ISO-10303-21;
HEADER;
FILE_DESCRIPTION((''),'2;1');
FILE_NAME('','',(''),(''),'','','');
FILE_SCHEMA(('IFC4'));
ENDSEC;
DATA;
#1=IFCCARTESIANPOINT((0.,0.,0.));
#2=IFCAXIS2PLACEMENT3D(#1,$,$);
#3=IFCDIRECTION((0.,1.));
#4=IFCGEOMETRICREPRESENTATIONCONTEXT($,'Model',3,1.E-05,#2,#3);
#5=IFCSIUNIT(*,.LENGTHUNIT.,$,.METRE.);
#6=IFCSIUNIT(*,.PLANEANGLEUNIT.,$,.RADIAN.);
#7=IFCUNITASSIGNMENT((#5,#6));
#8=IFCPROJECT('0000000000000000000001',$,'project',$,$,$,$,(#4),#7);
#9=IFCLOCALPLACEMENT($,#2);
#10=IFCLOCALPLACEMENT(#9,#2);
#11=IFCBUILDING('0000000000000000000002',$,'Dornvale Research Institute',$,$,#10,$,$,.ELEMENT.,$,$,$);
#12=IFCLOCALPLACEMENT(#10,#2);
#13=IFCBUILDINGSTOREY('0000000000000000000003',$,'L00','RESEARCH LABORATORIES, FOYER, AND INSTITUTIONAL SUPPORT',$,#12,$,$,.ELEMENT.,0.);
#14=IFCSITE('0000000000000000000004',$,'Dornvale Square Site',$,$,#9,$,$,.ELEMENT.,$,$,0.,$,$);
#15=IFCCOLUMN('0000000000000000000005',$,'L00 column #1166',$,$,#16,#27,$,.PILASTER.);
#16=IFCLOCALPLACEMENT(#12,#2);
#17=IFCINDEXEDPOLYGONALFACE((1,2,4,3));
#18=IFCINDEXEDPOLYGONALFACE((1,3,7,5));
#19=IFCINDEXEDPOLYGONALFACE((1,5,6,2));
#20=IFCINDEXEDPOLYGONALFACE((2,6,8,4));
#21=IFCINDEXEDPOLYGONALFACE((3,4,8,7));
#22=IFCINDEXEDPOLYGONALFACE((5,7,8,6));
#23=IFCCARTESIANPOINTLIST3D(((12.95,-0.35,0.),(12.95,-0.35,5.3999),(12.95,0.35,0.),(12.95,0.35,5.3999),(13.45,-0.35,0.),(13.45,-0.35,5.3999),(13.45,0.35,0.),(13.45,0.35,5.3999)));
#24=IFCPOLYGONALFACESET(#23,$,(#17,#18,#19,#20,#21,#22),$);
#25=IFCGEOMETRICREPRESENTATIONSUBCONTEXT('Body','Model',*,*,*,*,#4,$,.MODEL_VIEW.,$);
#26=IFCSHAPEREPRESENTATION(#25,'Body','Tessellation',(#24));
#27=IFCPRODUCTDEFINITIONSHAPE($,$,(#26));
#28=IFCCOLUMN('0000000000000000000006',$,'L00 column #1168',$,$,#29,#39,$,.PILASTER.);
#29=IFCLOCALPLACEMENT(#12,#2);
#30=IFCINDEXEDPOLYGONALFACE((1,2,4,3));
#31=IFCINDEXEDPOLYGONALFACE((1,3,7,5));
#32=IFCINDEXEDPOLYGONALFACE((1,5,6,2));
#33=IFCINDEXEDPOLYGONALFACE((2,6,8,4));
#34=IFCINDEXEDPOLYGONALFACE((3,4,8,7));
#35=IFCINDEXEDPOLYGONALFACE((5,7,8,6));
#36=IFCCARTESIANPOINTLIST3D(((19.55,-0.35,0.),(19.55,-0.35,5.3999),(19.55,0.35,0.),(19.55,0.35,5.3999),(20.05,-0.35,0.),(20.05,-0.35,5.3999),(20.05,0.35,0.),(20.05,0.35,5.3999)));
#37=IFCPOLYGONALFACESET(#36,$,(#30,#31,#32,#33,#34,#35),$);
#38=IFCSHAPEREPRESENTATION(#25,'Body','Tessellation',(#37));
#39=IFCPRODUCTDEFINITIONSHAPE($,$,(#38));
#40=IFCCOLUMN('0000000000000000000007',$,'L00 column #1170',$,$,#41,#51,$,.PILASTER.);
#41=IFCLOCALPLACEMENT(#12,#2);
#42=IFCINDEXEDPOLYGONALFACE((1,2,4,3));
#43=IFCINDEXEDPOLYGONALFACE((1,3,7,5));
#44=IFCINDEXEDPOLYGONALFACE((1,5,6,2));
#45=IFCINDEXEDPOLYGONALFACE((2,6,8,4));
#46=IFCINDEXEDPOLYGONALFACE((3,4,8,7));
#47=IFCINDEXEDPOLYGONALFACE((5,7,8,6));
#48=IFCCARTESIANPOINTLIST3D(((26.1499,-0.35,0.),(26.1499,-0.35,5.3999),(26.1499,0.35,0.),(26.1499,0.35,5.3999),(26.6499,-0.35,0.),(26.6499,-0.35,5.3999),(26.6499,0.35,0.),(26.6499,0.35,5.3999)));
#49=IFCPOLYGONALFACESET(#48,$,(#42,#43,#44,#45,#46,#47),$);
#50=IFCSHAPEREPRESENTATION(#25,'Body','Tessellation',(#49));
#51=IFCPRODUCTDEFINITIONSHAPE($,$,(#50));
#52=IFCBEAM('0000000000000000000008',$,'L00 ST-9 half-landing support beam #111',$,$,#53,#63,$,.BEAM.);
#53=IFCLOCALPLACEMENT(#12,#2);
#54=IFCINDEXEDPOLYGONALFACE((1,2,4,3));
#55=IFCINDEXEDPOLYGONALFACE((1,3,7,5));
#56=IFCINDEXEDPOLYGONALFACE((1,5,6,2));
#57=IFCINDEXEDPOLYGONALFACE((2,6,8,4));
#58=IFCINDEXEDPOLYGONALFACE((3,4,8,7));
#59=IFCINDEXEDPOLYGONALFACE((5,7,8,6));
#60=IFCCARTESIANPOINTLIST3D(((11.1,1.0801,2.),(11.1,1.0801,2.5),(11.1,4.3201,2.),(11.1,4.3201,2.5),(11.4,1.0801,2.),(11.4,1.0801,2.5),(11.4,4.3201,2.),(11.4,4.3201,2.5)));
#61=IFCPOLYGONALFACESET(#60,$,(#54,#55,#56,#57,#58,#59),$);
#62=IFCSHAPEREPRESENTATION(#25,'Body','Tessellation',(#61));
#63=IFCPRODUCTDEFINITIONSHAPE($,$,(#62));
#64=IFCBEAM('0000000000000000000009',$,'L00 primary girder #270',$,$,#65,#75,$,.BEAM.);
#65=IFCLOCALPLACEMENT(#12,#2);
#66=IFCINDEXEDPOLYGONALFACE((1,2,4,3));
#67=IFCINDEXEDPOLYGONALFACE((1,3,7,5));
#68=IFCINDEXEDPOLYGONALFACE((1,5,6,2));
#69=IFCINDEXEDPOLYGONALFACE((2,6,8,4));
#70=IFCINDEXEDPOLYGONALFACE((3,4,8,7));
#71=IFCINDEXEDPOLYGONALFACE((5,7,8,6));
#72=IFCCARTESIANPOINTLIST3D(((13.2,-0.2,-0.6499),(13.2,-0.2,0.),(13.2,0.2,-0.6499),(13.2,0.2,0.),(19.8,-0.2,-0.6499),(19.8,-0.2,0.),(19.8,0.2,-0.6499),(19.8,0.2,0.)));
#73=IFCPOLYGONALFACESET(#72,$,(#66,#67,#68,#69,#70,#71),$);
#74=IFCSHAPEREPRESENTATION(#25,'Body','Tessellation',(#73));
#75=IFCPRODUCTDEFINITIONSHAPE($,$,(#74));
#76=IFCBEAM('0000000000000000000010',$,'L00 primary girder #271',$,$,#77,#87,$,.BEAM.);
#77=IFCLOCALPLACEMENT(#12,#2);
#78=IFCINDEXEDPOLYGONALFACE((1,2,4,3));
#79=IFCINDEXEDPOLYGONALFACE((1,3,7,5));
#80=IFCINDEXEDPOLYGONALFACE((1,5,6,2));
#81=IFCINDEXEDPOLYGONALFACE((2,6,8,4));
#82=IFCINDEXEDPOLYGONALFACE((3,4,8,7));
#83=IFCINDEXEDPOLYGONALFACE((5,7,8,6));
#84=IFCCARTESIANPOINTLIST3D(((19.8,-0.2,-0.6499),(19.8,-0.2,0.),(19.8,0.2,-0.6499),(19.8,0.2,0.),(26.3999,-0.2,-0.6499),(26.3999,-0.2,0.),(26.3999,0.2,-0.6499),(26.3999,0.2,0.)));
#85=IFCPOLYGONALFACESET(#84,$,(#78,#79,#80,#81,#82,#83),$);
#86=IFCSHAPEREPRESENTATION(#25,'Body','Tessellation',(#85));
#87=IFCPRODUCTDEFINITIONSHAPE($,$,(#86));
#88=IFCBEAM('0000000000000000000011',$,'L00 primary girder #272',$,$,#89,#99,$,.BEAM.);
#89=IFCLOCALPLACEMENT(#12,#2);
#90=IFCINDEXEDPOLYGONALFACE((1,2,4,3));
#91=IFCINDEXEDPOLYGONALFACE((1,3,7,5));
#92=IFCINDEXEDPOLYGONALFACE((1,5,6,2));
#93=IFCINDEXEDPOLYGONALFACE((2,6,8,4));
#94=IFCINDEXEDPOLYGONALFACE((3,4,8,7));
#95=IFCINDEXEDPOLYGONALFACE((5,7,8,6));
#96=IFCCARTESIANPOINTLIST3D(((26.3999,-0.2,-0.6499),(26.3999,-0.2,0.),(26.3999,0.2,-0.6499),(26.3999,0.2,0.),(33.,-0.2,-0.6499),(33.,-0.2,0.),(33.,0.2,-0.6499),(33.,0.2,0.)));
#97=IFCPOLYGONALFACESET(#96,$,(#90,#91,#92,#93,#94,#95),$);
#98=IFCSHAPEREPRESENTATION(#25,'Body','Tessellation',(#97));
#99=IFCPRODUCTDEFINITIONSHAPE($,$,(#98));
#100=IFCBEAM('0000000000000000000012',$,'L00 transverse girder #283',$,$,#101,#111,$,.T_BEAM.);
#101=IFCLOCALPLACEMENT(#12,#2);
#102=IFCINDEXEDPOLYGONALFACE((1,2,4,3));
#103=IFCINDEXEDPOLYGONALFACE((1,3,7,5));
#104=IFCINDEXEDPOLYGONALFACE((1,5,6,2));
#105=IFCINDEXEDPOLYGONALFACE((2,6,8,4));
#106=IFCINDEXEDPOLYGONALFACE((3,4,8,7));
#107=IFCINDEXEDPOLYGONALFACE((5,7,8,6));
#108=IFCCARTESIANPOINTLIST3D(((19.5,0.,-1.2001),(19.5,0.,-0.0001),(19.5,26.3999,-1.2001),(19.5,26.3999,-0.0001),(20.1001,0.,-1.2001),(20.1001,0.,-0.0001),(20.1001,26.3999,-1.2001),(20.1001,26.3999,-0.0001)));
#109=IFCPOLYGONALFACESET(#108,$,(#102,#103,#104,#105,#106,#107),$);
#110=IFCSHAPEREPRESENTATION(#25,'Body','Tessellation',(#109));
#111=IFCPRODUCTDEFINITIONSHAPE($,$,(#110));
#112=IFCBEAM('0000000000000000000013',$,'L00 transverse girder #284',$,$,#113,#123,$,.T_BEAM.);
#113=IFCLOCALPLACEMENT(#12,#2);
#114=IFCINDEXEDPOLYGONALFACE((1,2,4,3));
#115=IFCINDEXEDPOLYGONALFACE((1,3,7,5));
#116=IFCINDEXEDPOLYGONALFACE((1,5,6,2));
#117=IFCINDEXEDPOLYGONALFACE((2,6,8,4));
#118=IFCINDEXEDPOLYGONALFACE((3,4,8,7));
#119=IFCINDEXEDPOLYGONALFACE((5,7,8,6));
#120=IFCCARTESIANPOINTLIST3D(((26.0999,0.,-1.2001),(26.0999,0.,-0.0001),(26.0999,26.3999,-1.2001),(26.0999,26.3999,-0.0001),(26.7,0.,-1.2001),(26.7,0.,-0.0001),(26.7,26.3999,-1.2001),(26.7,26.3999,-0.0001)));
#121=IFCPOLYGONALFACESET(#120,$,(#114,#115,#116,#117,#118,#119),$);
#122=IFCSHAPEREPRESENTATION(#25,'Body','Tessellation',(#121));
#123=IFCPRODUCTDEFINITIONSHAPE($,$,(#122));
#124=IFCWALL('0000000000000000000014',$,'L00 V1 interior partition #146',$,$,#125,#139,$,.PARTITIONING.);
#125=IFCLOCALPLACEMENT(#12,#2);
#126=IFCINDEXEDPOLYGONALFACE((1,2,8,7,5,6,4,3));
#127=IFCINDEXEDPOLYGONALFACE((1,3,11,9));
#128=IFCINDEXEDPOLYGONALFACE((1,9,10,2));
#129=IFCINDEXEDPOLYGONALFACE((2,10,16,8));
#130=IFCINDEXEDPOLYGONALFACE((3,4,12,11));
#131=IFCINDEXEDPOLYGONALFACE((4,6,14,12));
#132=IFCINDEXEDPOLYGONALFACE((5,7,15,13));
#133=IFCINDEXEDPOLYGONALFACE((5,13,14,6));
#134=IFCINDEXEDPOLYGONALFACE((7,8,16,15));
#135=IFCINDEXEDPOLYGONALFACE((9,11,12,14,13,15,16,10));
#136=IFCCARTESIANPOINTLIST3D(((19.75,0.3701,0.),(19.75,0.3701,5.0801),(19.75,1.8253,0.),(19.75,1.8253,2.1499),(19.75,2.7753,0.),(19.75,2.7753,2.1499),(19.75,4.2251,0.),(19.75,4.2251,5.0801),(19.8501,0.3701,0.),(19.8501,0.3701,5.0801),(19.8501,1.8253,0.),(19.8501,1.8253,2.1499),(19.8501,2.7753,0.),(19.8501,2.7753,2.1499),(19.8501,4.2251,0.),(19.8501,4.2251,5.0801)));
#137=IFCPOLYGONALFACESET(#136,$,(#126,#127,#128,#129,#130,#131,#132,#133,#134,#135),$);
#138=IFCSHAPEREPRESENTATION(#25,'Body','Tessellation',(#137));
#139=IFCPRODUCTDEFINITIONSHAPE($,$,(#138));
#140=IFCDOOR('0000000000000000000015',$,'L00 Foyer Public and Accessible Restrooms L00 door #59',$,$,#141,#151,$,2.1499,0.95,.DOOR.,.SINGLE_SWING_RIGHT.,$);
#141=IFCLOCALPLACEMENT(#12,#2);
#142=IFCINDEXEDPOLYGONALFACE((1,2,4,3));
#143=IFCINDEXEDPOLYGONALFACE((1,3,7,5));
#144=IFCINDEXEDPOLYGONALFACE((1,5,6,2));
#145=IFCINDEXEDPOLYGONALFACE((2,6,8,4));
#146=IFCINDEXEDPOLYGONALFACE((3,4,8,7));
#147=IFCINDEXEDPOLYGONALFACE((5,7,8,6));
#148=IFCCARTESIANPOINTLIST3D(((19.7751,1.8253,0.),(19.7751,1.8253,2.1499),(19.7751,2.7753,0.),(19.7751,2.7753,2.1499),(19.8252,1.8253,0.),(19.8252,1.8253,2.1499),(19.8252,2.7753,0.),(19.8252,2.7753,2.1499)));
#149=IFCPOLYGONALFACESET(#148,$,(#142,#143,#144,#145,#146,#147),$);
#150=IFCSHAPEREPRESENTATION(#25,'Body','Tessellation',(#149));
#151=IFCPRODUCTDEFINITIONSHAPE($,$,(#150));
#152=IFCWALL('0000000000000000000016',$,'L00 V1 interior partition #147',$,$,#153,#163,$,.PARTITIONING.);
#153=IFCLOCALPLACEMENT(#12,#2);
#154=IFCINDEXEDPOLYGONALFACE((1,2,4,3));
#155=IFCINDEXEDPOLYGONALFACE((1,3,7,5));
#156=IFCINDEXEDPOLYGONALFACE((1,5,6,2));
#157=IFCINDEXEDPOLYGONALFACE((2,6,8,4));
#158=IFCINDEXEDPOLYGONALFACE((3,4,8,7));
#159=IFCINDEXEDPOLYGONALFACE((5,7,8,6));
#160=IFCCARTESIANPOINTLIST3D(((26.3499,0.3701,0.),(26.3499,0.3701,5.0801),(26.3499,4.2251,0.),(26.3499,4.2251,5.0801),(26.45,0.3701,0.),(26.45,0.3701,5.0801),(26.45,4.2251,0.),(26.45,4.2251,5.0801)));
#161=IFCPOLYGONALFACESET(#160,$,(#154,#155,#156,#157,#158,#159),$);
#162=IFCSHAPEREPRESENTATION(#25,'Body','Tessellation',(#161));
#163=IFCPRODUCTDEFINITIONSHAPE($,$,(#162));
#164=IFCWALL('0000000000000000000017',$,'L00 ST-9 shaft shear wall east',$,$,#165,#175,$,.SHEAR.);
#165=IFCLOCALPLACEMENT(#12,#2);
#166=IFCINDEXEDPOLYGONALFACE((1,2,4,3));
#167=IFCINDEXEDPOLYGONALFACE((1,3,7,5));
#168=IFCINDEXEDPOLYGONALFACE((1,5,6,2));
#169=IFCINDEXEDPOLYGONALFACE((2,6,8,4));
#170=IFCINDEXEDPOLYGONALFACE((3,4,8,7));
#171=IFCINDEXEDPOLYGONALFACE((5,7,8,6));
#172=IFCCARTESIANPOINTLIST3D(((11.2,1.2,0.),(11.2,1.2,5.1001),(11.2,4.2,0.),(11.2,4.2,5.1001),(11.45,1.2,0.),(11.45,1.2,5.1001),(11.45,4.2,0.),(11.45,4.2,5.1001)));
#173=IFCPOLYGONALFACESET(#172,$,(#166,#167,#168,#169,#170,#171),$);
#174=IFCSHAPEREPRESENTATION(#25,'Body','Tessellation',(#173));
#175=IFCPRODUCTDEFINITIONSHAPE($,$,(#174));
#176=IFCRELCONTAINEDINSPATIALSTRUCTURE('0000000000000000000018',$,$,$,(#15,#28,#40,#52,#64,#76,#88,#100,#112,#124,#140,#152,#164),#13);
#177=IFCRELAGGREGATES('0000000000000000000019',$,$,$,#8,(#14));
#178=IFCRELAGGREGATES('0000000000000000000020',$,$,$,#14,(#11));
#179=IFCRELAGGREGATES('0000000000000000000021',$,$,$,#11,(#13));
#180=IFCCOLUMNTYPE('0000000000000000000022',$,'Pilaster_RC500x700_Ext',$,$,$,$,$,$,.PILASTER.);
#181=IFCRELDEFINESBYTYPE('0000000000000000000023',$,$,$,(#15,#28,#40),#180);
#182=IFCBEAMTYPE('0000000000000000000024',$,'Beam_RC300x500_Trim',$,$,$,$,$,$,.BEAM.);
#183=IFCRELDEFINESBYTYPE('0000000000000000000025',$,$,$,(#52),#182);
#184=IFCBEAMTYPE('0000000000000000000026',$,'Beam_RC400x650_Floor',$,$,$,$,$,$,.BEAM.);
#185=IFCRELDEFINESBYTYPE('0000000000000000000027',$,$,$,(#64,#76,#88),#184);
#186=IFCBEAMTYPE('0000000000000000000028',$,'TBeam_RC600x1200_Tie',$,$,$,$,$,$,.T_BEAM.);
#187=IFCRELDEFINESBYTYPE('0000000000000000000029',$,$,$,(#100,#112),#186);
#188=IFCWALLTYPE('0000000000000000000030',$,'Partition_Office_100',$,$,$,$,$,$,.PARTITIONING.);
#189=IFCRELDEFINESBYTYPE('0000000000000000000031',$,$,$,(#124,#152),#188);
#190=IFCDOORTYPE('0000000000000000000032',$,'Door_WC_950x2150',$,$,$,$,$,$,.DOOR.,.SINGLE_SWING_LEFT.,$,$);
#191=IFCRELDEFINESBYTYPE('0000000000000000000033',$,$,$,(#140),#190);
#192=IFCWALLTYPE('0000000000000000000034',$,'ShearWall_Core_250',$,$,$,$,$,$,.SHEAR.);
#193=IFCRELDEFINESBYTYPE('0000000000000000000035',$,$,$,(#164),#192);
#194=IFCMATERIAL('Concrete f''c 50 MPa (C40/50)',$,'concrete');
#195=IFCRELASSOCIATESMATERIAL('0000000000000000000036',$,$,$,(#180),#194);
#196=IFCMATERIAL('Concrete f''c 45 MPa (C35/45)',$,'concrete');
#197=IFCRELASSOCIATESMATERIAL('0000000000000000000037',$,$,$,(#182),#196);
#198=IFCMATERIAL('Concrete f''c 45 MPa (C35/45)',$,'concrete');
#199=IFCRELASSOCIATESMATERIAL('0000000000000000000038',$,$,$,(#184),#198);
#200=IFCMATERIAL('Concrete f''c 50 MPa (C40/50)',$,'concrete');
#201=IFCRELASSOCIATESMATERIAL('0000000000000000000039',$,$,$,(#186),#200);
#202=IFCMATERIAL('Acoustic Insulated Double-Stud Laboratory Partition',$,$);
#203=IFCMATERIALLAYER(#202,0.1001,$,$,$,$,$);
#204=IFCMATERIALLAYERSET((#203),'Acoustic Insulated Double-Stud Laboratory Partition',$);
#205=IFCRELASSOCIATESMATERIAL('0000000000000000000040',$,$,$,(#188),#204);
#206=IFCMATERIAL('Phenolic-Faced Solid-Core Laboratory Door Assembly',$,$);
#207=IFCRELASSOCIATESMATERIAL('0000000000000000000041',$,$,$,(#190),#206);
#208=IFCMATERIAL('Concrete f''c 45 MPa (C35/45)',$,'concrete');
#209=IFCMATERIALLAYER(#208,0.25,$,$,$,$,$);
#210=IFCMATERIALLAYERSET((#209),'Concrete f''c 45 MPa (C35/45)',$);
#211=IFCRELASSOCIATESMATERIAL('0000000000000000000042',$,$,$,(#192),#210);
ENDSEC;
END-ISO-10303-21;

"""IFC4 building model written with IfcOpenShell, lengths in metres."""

from ifc_helpers import new_model, si_unit, direction, frame, frame_2d, origin, origin_2d, place, context, subcontext, project, spatial, rectangle, extrude, material, layer, layer_set, material_profile, profile_set, type_object, element, fill, save


model = new_model("IFC4")

# Units and contexts
model_context = context("Model", 3, precision=1e-05, world=origin(), true_north=direction((0.0, 1.0)))
body_context = subcontext(model_context, "Body", "Model", "MODEL_VIEW")
ifc_project = project(units=[si_unit("LENGTHUNIT", "METRE"), si_unit("PLANEANGLEUNIT", "RADIAN")], contexts=[model_context])

# Site, building, storey
site_placement = place(None, origin())
site = spatial("IfcSite", under=ifc_project, at=site_placement, Name="Dornvale Square Site", CompositionType="ELEMENT", RefElevation=0.0)
building_placement = place(site_placement, origin())
building = spatial("IfcBuilding", under=site, at=building_placement, Name="Dornvale Research Institute", CompositionType="ELEMENT")
storey_placement = place(building_placement, origin())
storey = spatial("IfcBuildingStorey", under=building, at=storey_placement, Name="L00", Description="RESEARCH LABORATORIES, FOYER, AND INSTITUTIONAL SUPPORT", CompositionType="ELEMENT", Elevation=0.0)

# Columns
ifc_material_1 = material(Name="Concrete f'c 50 MPa (C40/50)", Category="concrete")
ifc_material_profile_1 = material_profile(ifc_material_1, rectangle(XDim=0.5, YDim=0.7, at=origin_2d()), Name="RC 500x700")
ifc_profile_set_1 = profile_set([ifc_material_profile_1], Name="Concrete f'c 50 MPa (C40/50)")
column_type = type_object("IfcColumnType", Name="Pilaster_RC500x700_Ext", PredefinedType="PILASTER", material=ifc_profile_set_1)
for number, where, z_axis, x_axis, name in (
    (1, (13.2, 0.0, 0.0), (0.0, 0.0, 1.0), (1.0, 0.0, 0.0), "L00 column #1166"),
    (2, (19.8, 0.0, 0.0), (0.0, 0.0, 1.0), (1.0, 0.0, 0.0), "L00 column #1168"),
    (3, (26.3999, 0.0, 0.0), (0.0, 0.0, 1.0), (1.0, 0.0, 0.0), "L00 column #1170"),
):
    element("IfcColumn", number, at=place(storey_placement, frame(where, z_axis=z_axis, x_axis=x_axis)), inside=storey, type_object=column_type, Name=name, PredefinedType="PILASTER", context=body_context, shape_type="SweptSolid", body=[
        extrude(rectangle(XDim=0.5, YDim=0.7, at=origin_2d()), origin(), (0.0, 0.0, 1.0), 5.3999),
    ])

# Beams
ifc_material_2 = material(Name="Concrete f'c 45 MPa (C35/45)", Category="concrete")
ifc_material_profile_2 = material_profile(ifc_material_2, rectangle(XDim=0.3, YDim=0.5, at=origin_2d()), Name="RC 300x500")
ifc_profile_set_2 = profile_set([ifc_material_profile_2], Name="Concrete f'c 45 MPa (C35/45)")
beam_type_1 = type_object("IfcBeamType", Name="Beam_RC300x500_Trim", PredefinedType="BEAM", material=ifc_profile_set_2)
beam_1_placement = place(storey_placement, frame((11.25, 1.0801, 2.25), z_axis=(0.0, 1.0, 0.0), x_axis=(-1.0, 0.0, 0.0)))
element("IfcBeam", 4, at=beam_1_placement, inside=storey, type_object=beam_type_1, Name="L00 ST-9 half-landing support beam #111", PredefinedType="BEAM", context=body_context, shape_type="SweptSolid", body=[
    extrude(rectangle(XDim=0.3, YDim=0.5, at=origin_2d()), origin(), (0.0, 0.0, 1.0), 3.24),
])
ifc_material_3 = material(Name="Concrete f'c 45 MPa (C35/45)", Category="concrete")
ifc_material_profile_3 = material_profile(ifc_material_3, rectangle(XDim=0.3999, YDim=0.6499, at=origin_2d()), Name="RC 400x650")
ifc_profile_set_3 = profile_set([ifc_material_profile_3], Name="Concrete f'c 45 MPa (C35/45)")
beam_type_2 = type_object("IfcBeamType", Name="Beam_RC400x650_Floor", PredefinedType="BEAM", material=ifc_profile_set_3)
beam_2_placement = place(storey_placement, frame((13.2, 0.0, -0.325), z_axis=(1.0, 0.0, 0.0), x_axis=(0.0, 1.0, 0.0)))
element("IfcBeam", 5, at=beam_2_placement, inside=storey, type_object=beam_type_2, Name="L00 primary girder #270", PredefinedType="BEAM", context=body_context, shape_type="SweptSolid", body=[
    extrude(rectangle(XDim=0.3999, YDim=0.6499, at=origin_2d()), origin(), (0.0, 0.0, 1.0), 6.6001),
])
beam_3_placement = place(storey_placement, frame((19.8, 0.0, -0.325), z_axis=(1.0, 0.0, 0.0), x_axis=(0.0, 1.0, 0.0)))
element("IfcBeam", 6, at=beam_3_placement, inside=storey, type_object=beam_type_2, Name="L00 primary girder #271", PredefinedType="BEAM", context=body_context, shape_type="SweptSolid", body=[
    extrude(rectangle(XDim=0.3999, YDim=0.6499, at=origin_2d()), origin(), (0.0, 0.0, 1.0), 6.5999),
])
beam_4_placement = place(storey_placement, frame((26.3999, 0.0, -0.325), z_axis=(1.0, 0.0, 0.0), x_axis=(0.0, 1.0, 0.0)))
element("IfcBeam", 7, at=beam_4_placement, inside=storey, type_object=beam_type_2, Name="L00 primary girder #272", PredefinedType="BEAM", context=body_context, shape_type="SweptSolid", body=[
    extrude(rectangle(XDim=0.3999, YDim=0.6499, at=origin_2d()), origin(), (0.0, 0.0, 1.0), 6.6001),
])
ifc_material_4 = material(Name="Concrete f'c 50 MPa (C40/50)", Category="concrete")
ifc_material_profile_4 = material_profile(ifc_material_4, rectangle(XDim=0.6001, YDim=1.2, at=origin_2d()), Name="RC 600x1200")
ifc_profile_set_4 = profile_set([ifc_material_profile_4], Name="Concrete f'c 50 MPa (C40/50)")
beam_type_3 = type_object("IfcBeamType", Name="TBeam_RC600x1200_Tie", PredefinedType="T_BEAM", material=ifc_profile_set_4)
for number, where, z_axis, x_axis, name in (
    (8, (19.8, 0.0, -0.6001), (0.0, 1.0, 0.0), (-1.0, 0.0, 0.0), "L00 transverse girder #283"),
    (9, (26.3999, 0.0, -0.6001), (0.0, 1.0, 0.0), (-1.0, 0.0, 0.0), "L00 transverse girder #284"),
):
    element("IfcBeam", number, at=place(storey_placement, frame(where, z_axis=z_axis, x_axis=x_axis)), inside=storey, type_object=beam_type_3, Name=name, PredefinedType="T_BEAM", context=body_context, shape_type="SweptSolid", body=[
        extrude(rectangle(XDim=0.6001, YDim=1.2, at=origin_2d()), origin(), (0.0, 0.0, 1.0), 26.3999),
    ])

# Wall, opening, door
ifc_material_5 = material(Name="Acoustic Insulated Double-Stud Laboratory Partition")
ifc_layer_1 = layer(ifc_material_5, 0.1001)
ifc_layer_set_1 = layer_set([ifc_layer_1], Name="Acoustic Insulated Double-Stud Laboratory Partition")
wall_type_1 = type_object("IfcWallType", Name="Partition_Office_100", PredefinedType="PARTITIONING", material=ifc_layer_set_1)
wall_1_placement = place(storey_placement, frame((19.8, 0.3701, 0.0), z_axis=(0.0, 0.0, 1.0), x_axis=(0.0, 1.0, 0.0)))
wall_1 = element("IfcWall", 10, at=wall_1_placement, inside=storey, type_object=wall_type_1, Name="L00 V1 interior partition #146", PredefinedType="PARTITIONING", context=body_context, shape_type="SweptSolid", body=[
    extrude(rectangle(XDim=3.855, YDim=0.1001, at=frame_2d((1.9275, 0.0))), origin(), (0.0, 0.0, 1.0), 5.0801),
])
opening_1_placement = place(wall_1_placement, frame((1.4551, 0.0, 0.0)))
opening_1 = element("IfcOpeningElement", 11, at=opening_1_placement, cuts=wall_1, PredefinedType="OPENING", context=body_context, shape_type="SweptSolid", body=[
    extrude(rectangle(XDim=0.95, YDim=2.1499, at=frame_2d((0.4751, 1.075))), frame((0.0, 0.0649, 0.0), z_axis=(0.0, -1.0, 0.0), x_axis=(1.0, 0.0, 0.0)), (0.0, 0.0, 1.0), 0.1301),
])
ifc_material_6 = material(Name="Phenolic-Faced Solid-Core Laboratory Door Assembly")
door_type = type_object("IfcDoorType", Name="Door_WC_950x2150", OperationType="SINGLE_SWING_LEFT", PredefinedType="DOOR", material=ifc_material_6)
door_placement = place(opening_1_placement, origin())
door = element("IfcDoor", 12, at=door_placement, inside=storey, type_object=door_type, Name="L00 Foyer Public and Accessible Restrooms L00 door #59", OperationType="SINGLE_SWING_RIGHT", OverallHeight=2.1499, OverallWidth=0.95, PredefinedType="DOOR", context=body_context, shape_type="SweptSolid", body=[
    extrude(rectangle(XDim=0.95, YDim=2.1499, at=frame_2d((0.4751, 1.075))), frame((0.0, 0.0249, 0.0), z_axis=(0.0, -1.0, 0.0), x_axis=(1.0, 0.0, 0.0)), (0.0, 0.0, 1.0), 0.05),
])
fill(opening_1, door)

# Walls
wall_2_placement = place(storey_placement, frame((26.3999, 0.3701, 0.0), z_axis=(0.0, 0.0, 1.0), x_axis=(0.0, 1.0, 0.0)))
element("IfcWall", 13, at=wall_2_placement, inside=storey, type_object=wall_type_1, Name="L00 V1 interior partition #147", PredefinedType="PARTITIONING", context=body_context, shape_type="SweptSolid", body=[
    extrude(rectangle(XDim=3.855, YDim=0.1001, at=frame_2d((1.9275, 0.0))), origin(), (0.0, 0.0, 1.0), 5.0801),
])
ifc_material_7 = material(Name="Concrete f'c 45 MPa (C35/45)", Category="concrete")
ifc_layer_2 = layer(ifc_material_7, 0.25)
ifc_layer_set_2 = layer_set([ifc_layer_2], Name="Concrete f'c 45 MPa (C35/45)")
wall_type_2 = type_object("IfcWallType", Name="ShearWall_Core_250", PredefinedType="SHEAR", material=ifc_layer_set_2)
wall_3_placement = place(storey_placement, frame((11.325, 1.2, 0.0), z_axis=(0.0, 0.0, 1.0), x_axis=(0.0, 1.0, 0.0)))
element("IfcWall", 14, at=wall_3_placement, inside=storey, type_object=wall_type_2, Name="L00 ST-9 shaft shear wall east", PredefinedType="SHEAR", context=body_context, shape_type="SweptSolid", body=[
    extrude(rectangle(XDim=3.0, YDim=0.25, at=frame_2d((1.5, 0.0))), origin(), (0.0, 0.0, 1.0), 5.1001),
])

save(model, "model.ifc")
